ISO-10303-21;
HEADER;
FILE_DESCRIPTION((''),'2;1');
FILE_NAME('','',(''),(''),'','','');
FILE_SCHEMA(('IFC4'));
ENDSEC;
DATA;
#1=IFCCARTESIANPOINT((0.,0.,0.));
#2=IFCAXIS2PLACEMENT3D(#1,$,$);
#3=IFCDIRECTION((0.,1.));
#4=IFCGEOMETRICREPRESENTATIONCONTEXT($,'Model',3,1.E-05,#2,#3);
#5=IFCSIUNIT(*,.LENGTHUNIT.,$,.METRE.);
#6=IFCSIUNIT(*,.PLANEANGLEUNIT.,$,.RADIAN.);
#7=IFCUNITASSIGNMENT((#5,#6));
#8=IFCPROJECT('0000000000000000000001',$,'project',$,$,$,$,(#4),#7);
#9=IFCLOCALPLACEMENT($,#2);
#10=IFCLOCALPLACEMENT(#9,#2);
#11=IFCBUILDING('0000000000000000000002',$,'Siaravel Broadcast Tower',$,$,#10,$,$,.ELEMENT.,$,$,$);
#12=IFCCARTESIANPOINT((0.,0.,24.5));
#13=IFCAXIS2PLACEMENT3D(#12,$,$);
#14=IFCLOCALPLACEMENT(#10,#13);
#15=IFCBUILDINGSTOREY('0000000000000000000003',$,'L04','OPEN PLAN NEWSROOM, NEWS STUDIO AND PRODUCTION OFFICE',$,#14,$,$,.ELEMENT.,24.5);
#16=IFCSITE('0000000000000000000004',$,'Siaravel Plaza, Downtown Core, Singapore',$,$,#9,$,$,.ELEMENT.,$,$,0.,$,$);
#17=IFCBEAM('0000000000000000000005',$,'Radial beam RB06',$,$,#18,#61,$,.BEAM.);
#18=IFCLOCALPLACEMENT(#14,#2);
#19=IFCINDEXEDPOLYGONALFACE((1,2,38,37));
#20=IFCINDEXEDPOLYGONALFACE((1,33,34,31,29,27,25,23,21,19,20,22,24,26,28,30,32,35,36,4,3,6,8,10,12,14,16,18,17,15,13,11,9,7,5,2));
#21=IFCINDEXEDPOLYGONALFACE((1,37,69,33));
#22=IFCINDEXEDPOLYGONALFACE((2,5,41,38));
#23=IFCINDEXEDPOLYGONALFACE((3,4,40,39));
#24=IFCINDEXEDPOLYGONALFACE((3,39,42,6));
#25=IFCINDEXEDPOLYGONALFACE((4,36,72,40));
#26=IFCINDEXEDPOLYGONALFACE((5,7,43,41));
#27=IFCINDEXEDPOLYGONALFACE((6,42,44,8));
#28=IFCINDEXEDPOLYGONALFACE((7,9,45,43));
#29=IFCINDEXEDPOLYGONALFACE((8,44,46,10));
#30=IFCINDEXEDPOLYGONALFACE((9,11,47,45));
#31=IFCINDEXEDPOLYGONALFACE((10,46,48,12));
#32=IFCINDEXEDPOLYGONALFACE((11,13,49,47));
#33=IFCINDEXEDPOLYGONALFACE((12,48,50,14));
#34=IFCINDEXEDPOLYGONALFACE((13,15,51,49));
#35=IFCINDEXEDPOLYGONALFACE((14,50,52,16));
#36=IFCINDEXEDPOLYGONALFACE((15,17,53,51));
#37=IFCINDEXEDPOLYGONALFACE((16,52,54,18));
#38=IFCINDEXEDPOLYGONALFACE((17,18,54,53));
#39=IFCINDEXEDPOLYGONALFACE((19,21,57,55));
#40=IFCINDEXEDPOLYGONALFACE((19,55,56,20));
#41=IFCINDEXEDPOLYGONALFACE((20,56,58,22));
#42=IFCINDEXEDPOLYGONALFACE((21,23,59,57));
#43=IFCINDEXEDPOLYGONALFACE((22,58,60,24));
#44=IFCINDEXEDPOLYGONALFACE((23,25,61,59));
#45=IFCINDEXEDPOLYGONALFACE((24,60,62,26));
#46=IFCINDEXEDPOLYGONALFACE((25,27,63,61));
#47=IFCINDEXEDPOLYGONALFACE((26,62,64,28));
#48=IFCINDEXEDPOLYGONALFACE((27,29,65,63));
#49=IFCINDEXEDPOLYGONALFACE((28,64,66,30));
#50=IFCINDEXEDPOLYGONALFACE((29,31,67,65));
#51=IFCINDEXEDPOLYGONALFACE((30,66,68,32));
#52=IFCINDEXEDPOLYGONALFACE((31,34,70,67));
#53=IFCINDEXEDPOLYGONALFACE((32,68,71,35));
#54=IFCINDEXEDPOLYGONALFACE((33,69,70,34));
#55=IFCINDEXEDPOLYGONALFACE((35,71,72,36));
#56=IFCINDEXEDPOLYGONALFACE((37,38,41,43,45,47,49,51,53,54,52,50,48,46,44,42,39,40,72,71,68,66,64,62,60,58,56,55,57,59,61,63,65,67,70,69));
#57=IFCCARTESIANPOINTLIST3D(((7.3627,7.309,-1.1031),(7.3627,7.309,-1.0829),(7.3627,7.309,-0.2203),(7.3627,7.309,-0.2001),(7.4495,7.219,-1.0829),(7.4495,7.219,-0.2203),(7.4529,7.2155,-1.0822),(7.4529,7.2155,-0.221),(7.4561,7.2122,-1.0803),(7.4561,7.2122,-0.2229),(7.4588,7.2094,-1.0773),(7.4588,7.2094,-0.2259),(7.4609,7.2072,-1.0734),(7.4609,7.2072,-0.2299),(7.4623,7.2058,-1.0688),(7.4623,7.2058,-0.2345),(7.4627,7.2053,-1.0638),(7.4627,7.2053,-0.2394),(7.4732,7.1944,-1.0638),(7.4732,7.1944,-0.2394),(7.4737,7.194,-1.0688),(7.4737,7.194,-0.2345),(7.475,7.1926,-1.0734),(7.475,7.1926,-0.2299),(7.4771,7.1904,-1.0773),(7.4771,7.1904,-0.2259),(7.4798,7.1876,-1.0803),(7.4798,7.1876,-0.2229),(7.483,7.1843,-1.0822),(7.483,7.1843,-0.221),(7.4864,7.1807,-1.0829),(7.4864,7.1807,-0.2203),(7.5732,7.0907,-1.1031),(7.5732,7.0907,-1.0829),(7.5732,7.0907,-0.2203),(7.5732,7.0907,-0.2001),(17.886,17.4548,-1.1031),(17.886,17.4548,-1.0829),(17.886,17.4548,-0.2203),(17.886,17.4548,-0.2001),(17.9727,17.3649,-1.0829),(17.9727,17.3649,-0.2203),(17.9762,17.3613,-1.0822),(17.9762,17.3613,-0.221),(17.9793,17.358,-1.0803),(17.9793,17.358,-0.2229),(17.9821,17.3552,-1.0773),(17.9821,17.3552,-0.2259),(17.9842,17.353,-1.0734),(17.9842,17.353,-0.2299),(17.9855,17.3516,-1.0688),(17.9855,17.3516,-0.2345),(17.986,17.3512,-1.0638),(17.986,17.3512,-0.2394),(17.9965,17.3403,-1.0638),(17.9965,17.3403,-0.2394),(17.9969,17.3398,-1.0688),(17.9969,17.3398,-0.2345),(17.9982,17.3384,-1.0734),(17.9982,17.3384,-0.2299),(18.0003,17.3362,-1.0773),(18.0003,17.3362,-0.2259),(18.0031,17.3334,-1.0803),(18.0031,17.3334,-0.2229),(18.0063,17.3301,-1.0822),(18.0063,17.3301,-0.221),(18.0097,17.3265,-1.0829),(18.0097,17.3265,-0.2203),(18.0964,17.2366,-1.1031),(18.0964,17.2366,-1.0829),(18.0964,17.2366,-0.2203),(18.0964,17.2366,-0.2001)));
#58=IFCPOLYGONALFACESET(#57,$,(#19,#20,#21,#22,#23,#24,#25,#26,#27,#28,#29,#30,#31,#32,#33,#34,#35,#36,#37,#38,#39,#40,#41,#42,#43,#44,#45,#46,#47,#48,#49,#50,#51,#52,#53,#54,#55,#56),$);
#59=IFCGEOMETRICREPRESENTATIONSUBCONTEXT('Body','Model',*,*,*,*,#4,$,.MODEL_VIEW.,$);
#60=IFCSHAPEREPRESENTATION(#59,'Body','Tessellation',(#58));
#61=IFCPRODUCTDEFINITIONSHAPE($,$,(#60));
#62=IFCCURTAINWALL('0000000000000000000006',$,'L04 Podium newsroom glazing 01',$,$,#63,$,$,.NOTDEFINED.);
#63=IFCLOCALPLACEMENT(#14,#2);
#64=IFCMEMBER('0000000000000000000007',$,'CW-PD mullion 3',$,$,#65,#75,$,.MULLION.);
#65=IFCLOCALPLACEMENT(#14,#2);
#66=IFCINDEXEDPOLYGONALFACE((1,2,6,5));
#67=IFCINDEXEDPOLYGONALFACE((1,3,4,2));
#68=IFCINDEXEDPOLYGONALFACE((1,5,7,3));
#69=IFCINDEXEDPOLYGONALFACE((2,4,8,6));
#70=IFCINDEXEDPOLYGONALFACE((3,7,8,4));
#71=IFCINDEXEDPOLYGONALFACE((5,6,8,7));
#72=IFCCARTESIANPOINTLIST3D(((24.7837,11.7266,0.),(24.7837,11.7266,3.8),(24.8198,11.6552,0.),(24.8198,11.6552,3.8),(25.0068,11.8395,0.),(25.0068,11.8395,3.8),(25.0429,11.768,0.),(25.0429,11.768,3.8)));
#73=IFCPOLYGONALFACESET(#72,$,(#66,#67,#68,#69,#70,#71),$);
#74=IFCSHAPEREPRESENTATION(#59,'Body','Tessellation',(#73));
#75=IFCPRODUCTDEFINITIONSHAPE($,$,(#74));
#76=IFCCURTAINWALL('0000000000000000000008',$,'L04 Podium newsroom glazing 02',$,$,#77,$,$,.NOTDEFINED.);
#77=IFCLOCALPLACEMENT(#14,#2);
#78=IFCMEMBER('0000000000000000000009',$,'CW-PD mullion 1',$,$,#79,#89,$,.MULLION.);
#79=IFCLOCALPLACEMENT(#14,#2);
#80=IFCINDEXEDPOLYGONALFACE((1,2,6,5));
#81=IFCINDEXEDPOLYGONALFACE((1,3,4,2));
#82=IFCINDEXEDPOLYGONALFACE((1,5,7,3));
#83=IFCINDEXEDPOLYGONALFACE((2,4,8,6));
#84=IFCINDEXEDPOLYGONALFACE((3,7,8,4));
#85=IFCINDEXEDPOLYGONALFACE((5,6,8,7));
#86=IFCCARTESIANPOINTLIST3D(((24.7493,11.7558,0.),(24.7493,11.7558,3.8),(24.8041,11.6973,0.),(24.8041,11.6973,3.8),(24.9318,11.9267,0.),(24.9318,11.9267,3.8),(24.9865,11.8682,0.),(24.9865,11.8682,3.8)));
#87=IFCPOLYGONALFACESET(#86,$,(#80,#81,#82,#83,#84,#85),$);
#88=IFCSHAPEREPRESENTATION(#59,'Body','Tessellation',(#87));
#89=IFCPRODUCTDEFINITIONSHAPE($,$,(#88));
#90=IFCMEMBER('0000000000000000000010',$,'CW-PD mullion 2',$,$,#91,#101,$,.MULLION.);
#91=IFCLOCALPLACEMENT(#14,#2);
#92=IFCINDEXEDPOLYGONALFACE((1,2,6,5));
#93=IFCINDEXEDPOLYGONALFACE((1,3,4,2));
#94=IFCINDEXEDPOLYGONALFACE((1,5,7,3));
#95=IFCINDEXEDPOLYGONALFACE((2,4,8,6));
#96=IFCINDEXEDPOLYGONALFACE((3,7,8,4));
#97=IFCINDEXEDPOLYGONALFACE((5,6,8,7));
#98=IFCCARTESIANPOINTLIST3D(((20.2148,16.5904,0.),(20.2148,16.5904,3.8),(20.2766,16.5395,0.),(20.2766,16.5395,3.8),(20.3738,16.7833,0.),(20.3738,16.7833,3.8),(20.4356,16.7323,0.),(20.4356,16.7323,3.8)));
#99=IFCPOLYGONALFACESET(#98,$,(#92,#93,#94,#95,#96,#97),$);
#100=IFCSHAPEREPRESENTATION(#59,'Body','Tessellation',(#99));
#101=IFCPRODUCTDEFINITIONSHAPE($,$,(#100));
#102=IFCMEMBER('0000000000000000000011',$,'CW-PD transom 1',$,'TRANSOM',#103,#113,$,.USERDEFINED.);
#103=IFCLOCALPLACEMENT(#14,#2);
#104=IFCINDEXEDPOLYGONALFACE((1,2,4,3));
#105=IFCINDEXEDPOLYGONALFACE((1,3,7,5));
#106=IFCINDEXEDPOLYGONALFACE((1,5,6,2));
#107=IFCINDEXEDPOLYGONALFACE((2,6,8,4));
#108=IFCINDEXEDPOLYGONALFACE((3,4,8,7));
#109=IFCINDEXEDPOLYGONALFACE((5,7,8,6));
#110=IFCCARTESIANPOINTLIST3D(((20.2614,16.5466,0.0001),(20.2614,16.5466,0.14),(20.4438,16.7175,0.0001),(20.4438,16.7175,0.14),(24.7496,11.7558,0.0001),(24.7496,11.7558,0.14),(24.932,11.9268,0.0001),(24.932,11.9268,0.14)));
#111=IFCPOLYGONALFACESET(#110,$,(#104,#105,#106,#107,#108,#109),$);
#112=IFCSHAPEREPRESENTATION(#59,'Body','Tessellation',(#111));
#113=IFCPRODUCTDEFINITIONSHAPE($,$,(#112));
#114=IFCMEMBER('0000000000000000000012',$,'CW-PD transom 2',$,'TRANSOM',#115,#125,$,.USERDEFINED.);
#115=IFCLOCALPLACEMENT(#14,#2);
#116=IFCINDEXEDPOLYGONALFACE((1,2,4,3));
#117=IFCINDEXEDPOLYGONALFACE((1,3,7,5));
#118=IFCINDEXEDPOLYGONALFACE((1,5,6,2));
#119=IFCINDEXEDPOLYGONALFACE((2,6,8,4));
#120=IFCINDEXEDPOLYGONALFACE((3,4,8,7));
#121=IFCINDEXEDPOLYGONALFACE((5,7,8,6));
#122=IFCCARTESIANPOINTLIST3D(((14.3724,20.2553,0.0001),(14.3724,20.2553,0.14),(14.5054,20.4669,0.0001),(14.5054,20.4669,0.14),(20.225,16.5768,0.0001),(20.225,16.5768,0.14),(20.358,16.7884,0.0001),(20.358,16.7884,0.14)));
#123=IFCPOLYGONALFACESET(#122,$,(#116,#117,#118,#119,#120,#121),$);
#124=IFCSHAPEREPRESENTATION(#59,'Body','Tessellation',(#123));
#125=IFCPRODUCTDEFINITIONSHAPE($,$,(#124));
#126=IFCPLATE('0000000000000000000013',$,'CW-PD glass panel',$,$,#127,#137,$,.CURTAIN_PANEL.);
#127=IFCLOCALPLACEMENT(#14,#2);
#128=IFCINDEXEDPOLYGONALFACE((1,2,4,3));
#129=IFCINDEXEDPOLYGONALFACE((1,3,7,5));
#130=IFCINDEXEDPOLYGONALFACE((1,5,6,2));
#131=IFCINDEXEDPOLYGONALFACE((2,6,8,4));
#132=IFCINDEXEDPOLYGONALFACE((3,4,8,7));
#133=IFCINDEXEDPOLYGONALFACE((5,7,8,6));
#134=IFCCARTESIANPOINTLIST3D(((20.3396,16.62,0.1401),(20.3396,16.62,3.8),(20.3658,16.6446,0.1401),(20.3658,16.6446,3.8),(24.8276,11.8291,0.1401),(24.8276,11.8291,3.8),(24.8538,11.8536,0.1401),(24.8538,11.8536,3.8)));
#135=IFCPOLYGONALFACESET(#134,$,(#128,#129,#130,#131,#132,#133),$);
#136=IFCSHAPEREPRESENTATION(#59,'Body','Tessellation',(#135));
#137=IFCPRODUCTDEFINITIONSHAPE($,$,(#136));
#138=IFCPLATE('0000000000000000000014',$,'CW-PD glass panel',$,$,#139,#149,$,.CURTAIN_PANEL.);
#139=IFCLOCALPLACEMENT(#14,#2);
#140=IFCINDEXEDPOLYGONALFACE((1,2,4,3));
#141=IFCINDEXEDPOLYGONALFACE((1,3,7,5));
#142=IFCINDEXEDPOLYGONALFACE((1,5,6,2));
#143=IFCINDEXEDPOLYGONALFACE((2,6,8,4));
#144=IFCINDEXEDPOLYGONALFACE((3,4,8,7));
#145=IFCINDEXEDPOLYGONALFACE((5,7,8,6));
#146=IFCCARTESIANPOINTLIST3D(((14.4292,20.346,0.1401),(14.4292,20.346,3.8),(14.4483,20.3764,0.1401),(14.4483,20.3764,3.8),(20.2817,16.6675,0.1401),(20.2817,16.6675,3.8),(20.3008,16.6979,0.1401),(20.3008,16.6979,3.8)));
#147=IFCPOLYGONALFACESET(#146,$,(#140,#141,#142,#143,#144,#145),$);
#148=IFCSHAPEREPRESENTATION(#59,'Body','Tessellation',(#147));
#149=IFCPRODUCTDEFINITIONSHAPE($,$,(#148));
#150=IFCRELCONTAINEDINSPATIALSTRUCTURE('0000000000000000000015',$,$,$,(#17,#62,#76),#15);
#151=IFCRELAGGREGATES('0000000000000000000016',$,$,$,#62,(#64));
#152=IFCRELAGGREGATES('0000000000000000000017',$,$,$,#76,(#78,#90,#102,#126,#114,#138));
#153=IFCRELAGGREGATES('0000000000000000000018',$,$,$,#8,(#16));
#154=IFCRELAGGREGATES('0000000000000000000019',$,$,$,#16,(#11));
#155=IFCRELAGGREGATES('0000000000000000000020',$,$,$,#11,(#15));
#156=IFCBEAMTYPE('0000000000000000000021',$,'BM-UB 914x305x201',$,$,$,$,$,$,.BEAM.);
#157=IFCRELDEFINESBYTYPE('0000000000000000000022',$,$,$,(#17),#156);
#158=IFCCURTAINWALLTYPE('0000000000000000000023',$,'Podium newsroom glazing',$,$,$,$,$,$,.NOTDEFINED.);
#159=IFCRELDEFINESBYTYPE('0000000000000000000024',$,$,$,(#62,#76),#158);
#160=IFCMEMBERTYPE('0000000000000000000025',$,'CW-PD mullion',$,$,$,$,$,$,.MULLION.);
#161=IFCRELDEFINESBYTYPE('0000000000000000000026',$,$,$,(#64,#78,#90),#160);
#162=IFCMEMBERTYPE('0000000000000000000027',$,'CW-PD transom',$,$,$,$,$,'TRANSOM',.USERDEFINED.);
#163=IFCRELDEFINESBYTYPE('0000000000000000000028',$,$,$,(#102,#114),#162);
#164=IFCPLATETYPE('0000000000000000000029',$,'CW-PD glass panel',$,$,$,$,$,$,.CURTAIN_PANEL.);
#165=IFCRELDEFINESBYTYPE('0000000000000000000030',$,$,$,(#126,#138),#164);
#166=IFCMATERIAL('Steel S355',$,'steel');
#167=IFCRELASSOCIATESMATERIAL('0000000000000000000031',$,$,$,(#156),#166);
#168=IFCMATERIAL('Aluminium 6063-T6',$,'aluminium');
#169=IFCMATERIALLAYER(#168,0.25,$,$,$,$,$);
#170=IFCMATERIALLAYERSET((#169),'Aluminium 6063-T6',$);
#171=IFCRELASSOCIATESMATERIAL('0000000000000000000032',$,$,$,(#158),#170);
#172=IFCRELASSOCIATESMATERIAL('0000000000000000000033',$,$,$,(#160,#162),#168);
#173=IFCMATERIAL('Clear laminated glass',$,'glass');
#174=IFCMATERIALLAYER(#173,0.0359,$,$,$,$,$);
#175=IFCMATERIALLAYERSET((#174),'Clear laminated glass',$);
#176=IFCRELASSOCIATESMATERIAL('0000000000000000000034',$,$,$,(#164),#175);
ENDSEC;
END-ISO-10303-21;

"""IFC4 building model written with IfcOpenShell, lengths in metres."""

from ifc_helpers import new_model, si_unit, direction, frame, origin, origin_2d, place, context, subcontext, project, spatial, rectangle, i_section, extrude, material, layer, layer_set, material_profile, profile_set, type_object, element, aggregate, save


model = new_model("IFC4")

# Units and contexts
model_context = context("Model", 3, precision=1e-05, world=origin(), true_north=direction((0.0, 1.0)))
body_context = subcontext(model_context, "Body", "Model", "MODEL_VIEW")
ifc_project = project(units=[si_unit("LENGTHUNIT", "METRE"), si_unit("PLANEANGLEUNIT", "RADIAN")], contexts=[model_context])

# Site, building, storey
site_placement = place(None, origin())
site = spatial("IfcSite", under=ifc_project, at=site_placement, Name="Siaravel Plaza, Downtown Core, Singapore", CompositionType="ELEMENT", RefElevation=0.0)
building_placement = place(site_placement, origin())
building = spatial("IfcBuilding", under=site, at=building_placement, Name="Siaravel Broadcast Tower", CompositionType="ELEMENT")
storey_placement = place(building_placement, frame((0.0, 0.0, 24.5)))
storey = spatial("IfcBuildingStorey", under=building, at=storey_placement, Name="L04", Description="OPEN PLAN NEWSROOM, NEWS STUDIO AND PRODUCTION OFFICE", CompositionType="ELEMENT", Elevation=24.5)

# Beam
ifc_material_1 = material(Name="Steel S355", Category="steel")
ifc_material_profile_1 = material_profile(ifc_material_1, i_section(OverallWidth=0.3032, OverallDepth=0.9031, WebThickness=0.0151, FlangeThickness=0.0203, FilletRadius=0.019, at=origin_2d()))
ifc_profile_set_1 = profile_set([ifc_material_profile_1], Name="Steel S355")
beam_type = type_object("IfcBeamType", Name="BM-UB 914x305x201", PredefinedType="BEAM", material=ifc_profile_set_1)
beam_1_placement = place(storey_placement, frame((17.9912, 17.3457, -0.6516), z_axis=(-0.719899, -0.694078, 0.0), x_axis=(0.694078, -0.719899, 0.0)))
element("IfcBeam", 1, at=beam_1_placement, inside=storey, type_object=beam_type, Name="Radial beam RB06", PredefinedType="BEAM", context=body_context, shape_type="SweptSolid", body=[
    extrude(i_section(OverallWidth=0.3032, OverallDepth=0.9031, WebThickness=0.0151, FlangeThickness=0.0203, FilletRadius=0.019, at=origin_2d()), origin(), (0.0, 0.0, 1.0), 14.6177),
])

# Curtain wall, member
ifc_material_2 = material(Name="Aluminium 6063-T6", Category="aluminium")
ifc_layer_1 = layer(ifc_material_2, 0.25)
ifc_layer_set_1 = layer_set([ifc_layer_1], Name="Aluminium 6063-T6")
curtain_wall_type = type_object("IfcCurtainWallType", Name="Podium newsroom glazing", PredefinedType="NOTDEFINED", material=ifc_layer_set_1)
curtain_wall_1_placement = place(storey_placement, origin())
curtain_wall_1 = element("IfcCurtainWall", 2, at=curtain_wall_1_placement, inside=storey, type_object=curtain_wall_type, Name="L04 Podium newsroom glazing 01", PredefinedType="NOTDEFINED")
ifc_material_profile_2 = material_profile(ifc_material_2, rectangle(XDim=0.25, YDim=0.0801, at=origin_2d()))
ifc_profile_set_2 = profile_set([ifc_material_profile_2], Name="Aluminium 6063-T6")
member_type_1 = type_object("IfcMemberType", Name="CW-PD mullion", PredefinedType="MULLION", material=ifc_profile_set_2)
member_1_placement = place(storey_placement, frame((24.9133, 11.7473, 0.0), z_axis=(0.0, 0.0, 1.0), x_axis=(-0.892392, -0.451262, 0.0)))
member_1 = element("IfcMember", 3, at=member_1_placement, type_object=member_type_1, Name="CW-PD mullion 3", PredefinedType="MULLION", context=body_context, shape_type="SweptSolid", body=[
    extrude(rectangle(XDim=0.25, YDim=0.0801, at=origin_2d()), origin(), (0.0, 0.0, 1.0), 3.8),
])
aggregate(curtain_wall_1, [member_1])

# Curtain wall, members, plates
curtain_wall_2_placement = place(storey_placement, origin())
curtain_wall_2 = element("IfcCurtainWall", 4, at=curtain_wall_2_placement, inside=storey, type_object=curtain_wall_type, Name="L04 Podium newsroom glazing 02", PredefinedType="NOTDEFINED")
member_2_placement = place(storey_placement, frame((24.8679, 11.812, 0.0), z_axis=(0.0, 0.0, 1.0), x_axis=(-0.729804, -0.683656, 0.0)))
member_2 = element("IfcMember", 5, at=member_2_placement, type_object=member_type_1, Name="CW-PD mullion 1", PredefinedType="MULLION", context=body_context, shape_type="SweptSolid", body=[
    extrude(rectangle(XDim=0.25, YDim=0.0801, at=origin_2d()), origin(), (0.0, 0.0, 1.0), 3.8),
])
member_3_placement = place(storey_placement, frame((20.3252, 16.6614, 0.0), z_axis=(0.0, 0.0, 1.0), x_axis=(-0.636218, -0.771509, 0.0)))
member_3 = element("IfcMember", 6, at=member_3_placement, type_object=member_type_1, Name="CW-PD mullion 2", PredefinedType="MULLION", context=body_context, shape_type="SweptSolid", body=[
    extrude(rectangle(XDim=0.25, YDim=0.0801, at=origin_2d()), origin(), (0.0, 0.0, 1.0), 3.8),
])
ifc_material_profile_3 = material_profile(ifc_material_2, rectangle(XDim=0.25, YDim=0.1399, at=origin_2d()))
ifc_profile_set_3 = profile_set([ifc_material_profile_3], Name="Aluminium 6063-T6")
member_type_2 = type_object("IfcMemberType", Name="CW-PD transom", ElementType="TRANSOM", PredefinedType="USERDEFINED", material=ifc_profile_set_3)
member_4_placement = place(storey_placement, frame((24.8408, 11.8413, 0.0701), z_axis=(-0.683692, 0.72977, 0.0), x_axis=(-0.72977, -0.683692, 0.0)))
member_4 = element("IfcMember", 7, at=member_4_placement, type_object=member_type_2, Name="CW-PD transom 1", ObjectType="TRANSOM", PredefinedType="USERDEFINED", context=body_context, shape_type="SweptSolid", body=[
    extrude(rectangle(XDim=0.25, YDim=0.1399, at=origin_2d()), origin(), (0.0, 0.0, 1.0), 6.5647),
])
member_5_placement = place(storey_placement, frame((20.2915, 16.6826, 0.0701), z_axis=(-0.846654, 0.532143, 0.0), x_axis=(-0.532143, -0.846654, 0.0)))
member_5 = element("IfcMember", 8, at=member_5_placement, type_object=member_type_2, Name="CW-PD transom 2", ObjectType="TRANSOM", PredefinedType="USERDEFINED", context=body_context, shape_type="SweptSolid", body=[
    extrude(rectangle(XDim=0.25, YDim=0.1399, at=origin_2d()), origin(), (0.0, 0.0, 1.0), 6.9126),
])
ifc_material_3 = material(Name="Clear laminated glass", Category="glass")
ifc_layer_2 = layer(ifc_material_3, 0.0359)
ifc_layer_set_2 = layer_set([ifc_layer_2], Name="Clear laminated glass")
plate_type = type_object("IfcPlateType", Name="CW-PD glass panel", PredefinedType="CURTAIN_PANEL", material=ifc_layer_set_2)
plate_1_placement = place(storey_placement, frame((22.5967, 14.2368, 0.1401), z_axis=(0.0, 0.0, 1.0), x_axis=(-0.683656, 0.729804, 0.0)))
plate_1 = element("IfcPlate", 9, at=plate_1_placement, type_object=plate_type, Name="CW-PD glass panel", PredefinedType="CURTAIN_PANEL", context=body_context, shape_type="SweptSolid", body=[
    extrude(rectangle(XDim=6.5647, YDim=0.0359, at=origin_2d()), origin(), (0.0, 0.0, 1.0), 3.6599),
])
plate_2_placement = place(storey_placement, frame((17.365, 18.522, 0.1401), z_axis=(0.0, 0.0, 1.0), x_axis=(-0.846651, 0.532149, 0.0)))
plate_2 = element("IfcPlate", 10, at=plate_2_placement, type_object=plate_type, Name="CW-PD glass panel", PredefinedType="CURTAIN_PANEL", context=body_context, shape_type="SweptSolid", body=[
    extrude(rectangle(XDim=6.9126, YDim=0.0359, at=origin_2d()), origin(), (0.0, 0.0, 1.0), 3.6599),
])
aggregate(curtain_wall_2, [member_2, member_3, member_4, plate_1, member_5, plate_2])

save(model, "model.ifc")
